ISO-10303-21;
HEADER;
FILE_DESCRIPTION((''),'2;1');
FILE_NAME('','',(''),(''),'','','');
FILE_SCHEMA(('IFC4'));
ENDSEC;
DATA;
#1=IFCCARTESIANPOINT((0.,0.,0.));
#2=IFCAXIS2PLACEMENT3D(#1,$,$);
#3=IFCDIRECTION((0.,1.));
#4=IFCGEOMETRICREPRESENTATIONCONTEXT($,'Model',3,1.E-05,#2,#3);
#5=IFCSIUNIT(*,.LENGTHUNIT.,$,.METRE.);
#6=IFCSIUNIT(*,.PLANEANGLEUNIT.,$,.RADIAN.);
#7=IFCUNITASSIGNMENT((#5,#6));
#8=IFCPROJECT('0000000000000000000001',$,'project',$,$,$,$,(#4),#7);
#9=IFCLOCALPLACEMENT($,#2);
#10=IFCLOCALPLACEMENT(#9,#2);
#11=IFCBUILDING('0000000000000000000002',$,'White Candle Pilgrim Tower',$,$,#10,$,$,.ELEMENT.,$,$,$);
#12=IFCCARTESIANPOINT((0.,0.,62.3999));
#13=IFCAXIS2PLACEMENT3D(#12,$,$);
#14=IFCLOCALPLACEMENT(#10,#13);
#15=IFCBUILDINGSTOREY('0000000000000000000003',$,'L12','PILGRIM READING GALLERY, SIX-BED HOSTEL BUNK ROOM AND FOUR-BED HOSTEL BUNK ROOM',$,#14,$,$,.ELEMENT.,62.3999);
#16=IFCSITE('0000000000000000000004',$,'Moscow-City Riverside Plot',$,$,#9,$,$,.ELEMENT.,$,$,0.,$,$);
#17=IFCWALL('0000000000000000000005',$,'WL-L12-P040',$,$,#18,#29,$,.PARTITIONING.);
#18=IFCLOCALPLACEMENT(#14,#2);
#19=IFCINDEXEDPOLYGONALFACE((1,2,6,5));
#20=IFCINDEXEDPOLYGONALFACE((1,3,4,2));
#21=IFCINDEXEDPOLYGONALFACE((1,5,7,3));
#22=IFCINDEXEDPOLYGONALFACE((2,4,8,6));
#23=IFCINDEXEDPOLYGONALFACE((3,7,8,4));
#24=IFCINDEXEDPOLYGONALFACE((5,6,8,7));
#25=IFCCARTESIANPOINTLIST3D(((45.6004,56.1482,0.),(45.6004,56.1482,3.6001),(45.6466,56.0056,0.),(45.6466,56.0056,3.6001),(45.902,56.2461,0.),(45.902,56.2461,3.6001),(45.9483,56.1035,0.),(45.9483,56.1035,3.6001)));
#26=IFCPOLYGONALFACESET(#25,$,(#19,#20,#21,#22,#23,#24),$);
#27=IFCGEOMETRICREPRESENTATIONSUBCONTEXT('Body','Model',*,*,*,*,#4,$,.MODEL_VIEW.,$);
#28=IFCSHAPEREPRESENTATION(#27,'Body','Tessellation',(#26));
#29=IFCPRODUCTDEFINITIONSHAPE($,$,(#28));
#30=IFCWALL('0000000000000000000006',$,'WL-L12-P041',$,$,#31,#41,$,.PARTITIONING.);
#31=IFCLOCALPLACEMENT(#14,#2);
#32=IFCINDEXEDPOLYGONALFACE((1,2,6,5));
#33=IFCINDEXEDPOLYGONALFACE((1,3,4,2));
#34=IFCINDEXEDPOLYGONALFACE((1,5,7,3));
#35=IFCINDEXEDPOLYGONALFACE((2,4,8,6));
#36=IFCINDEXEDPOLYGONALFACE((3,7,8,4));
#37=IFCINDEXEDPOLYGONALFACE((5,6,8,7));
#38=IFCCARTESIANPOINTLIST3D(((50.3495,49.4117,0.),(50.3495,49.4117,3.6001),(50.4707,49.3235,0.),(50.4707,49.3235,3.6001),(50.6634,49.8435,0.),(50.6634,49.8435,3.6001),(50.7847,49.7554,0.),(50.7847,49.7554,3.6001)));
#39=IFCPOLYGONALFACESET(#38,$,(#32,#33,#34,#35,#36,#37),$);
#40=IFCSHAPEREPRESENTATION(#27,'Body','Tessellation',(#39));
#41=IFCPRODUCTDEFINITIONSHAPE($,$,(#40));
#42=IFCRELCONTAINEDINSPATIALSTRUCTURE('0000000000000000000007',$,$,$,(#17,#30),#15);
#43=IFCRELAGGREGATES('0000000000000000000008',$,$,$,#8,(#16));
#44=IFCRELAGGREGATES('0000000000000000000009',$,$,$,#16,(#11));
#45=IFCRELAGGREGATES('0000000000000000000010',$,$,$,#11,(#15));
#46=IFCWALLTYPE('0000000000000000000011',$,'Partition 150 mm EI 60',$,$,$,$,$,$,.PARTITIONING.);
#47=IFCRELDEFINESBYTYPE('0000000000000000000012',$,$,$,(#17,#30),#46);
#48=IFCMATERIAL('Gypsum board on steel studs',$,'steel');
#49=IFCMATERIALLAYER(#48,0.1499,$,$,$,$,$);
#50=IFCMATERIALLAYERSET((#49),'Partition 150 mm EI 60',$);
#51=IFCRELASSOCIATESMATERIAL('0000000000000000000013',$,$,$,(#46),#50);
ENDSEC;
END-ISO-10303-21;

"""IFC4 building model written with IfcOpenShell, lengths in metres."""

from ifc_helpers import new_model, si_unit, direction, frame, frame_2d, origin, place, context, subcontext, project, spatial, rectangle, extrude, material, layer, layer_set, type_object, element, save


model = new_model("IFC4")

# Units and contexts
model_context = context("Model", 3, precision=1e-05, world=origin(), true_north=direction((0.0, 1.0)))
body_context = subcontext(model_context, "Body", "Model", "MODEL_VIEW")
ifc_project = project(units=[si_unit("LENGTHUNIT", "METRE"), si_unit("PLANEANGLEUNIT", "RADIAN")], contexts=[model_context])

# Site, building, storey
site_placement = place(None, origin())
site = spatial("IfcSite", under=ifc_project, at=site_placement, Name="Moscow-City Riverside Plot", CompositionType="ELEMENT", RefElevation=0.0)
building_placement = place(site_placement, origin())
building = spatial("IfcBuilding", under=site, at=building_placement, Name="White Candle Pilgrim Tower", CompositionType="ELEMENT")
storey_placement = place(building_placement, frame((0.0, 0.0, 62.3999)))
storey = spatial("IfcBuildingStorey", under=building, at=storey_placement, Name="L12", Description="PILGRIM READING GALLERY, SIX-BED HOSTEL BUNK ROOM AND FOUR-BED HOSTEL BUNK ROOM", CompositionType="ELEMENT", Elevation=62.3999)

# Shared definitions
ifc_material_1 = material(Name="Gypsum board on steel studs", Category="steel")

# Walls
ifc_layer_1 = layer(ifc_material_1, 0.1499)
ifc_layer_set_1 = layer_set([ifc_layer_1], Name="Partition 150 mm EI 60")
wall_type_1 = type_object("IfcWallType", Name="Partition 150 mm EI 60", PredefinedType="PARTITIONING", material=ifc_layer_set_1)
wall_1_placement = place(storey_placement, frame((45.9253, 56.1748, 0.0), z_axis=(0.0, 0.0, 1.0), x_axis=(-0.951192, -0.308599, 0.0)))
element("IfcWall", 1, at=wall_1_placement, inside=storey, type_object=wall_type_1, Name="WL-L12-P040", PredefinedType="PARTITIONING", context=body_context, shape_type="SweptSolid", body=[
    extrude(rectangle(XDim=0.3171, YDim=0.1499, at=frame_2d((0.1587, 0.0))), origin(), (0.0, 0.0, 1.0), 3.6001),
])
wall_2_placement = place(storey_placement, frame((50.7241, 49.7996, 0.0), z_axis=(0.0, 0.0, 1.0), x_axis=(-0.588009, -0.808855, 0.0)))
element("IfcWall", 2, at=wall_2_placement, inside=storey, type_object=wall_type_1, Name="WL-L12-P041", PredefinedType="PARTITIONING", context=body_context, shape_type="SweptSolid", body=[
    extrude(rectangle(XDim=0.5339, YDim=0.1499, at=frame_2d((0.2671, 0.0))), origin(), (0.0, 0.0, 1.0), 3.6001),
])

save(model, "model.ifc")
